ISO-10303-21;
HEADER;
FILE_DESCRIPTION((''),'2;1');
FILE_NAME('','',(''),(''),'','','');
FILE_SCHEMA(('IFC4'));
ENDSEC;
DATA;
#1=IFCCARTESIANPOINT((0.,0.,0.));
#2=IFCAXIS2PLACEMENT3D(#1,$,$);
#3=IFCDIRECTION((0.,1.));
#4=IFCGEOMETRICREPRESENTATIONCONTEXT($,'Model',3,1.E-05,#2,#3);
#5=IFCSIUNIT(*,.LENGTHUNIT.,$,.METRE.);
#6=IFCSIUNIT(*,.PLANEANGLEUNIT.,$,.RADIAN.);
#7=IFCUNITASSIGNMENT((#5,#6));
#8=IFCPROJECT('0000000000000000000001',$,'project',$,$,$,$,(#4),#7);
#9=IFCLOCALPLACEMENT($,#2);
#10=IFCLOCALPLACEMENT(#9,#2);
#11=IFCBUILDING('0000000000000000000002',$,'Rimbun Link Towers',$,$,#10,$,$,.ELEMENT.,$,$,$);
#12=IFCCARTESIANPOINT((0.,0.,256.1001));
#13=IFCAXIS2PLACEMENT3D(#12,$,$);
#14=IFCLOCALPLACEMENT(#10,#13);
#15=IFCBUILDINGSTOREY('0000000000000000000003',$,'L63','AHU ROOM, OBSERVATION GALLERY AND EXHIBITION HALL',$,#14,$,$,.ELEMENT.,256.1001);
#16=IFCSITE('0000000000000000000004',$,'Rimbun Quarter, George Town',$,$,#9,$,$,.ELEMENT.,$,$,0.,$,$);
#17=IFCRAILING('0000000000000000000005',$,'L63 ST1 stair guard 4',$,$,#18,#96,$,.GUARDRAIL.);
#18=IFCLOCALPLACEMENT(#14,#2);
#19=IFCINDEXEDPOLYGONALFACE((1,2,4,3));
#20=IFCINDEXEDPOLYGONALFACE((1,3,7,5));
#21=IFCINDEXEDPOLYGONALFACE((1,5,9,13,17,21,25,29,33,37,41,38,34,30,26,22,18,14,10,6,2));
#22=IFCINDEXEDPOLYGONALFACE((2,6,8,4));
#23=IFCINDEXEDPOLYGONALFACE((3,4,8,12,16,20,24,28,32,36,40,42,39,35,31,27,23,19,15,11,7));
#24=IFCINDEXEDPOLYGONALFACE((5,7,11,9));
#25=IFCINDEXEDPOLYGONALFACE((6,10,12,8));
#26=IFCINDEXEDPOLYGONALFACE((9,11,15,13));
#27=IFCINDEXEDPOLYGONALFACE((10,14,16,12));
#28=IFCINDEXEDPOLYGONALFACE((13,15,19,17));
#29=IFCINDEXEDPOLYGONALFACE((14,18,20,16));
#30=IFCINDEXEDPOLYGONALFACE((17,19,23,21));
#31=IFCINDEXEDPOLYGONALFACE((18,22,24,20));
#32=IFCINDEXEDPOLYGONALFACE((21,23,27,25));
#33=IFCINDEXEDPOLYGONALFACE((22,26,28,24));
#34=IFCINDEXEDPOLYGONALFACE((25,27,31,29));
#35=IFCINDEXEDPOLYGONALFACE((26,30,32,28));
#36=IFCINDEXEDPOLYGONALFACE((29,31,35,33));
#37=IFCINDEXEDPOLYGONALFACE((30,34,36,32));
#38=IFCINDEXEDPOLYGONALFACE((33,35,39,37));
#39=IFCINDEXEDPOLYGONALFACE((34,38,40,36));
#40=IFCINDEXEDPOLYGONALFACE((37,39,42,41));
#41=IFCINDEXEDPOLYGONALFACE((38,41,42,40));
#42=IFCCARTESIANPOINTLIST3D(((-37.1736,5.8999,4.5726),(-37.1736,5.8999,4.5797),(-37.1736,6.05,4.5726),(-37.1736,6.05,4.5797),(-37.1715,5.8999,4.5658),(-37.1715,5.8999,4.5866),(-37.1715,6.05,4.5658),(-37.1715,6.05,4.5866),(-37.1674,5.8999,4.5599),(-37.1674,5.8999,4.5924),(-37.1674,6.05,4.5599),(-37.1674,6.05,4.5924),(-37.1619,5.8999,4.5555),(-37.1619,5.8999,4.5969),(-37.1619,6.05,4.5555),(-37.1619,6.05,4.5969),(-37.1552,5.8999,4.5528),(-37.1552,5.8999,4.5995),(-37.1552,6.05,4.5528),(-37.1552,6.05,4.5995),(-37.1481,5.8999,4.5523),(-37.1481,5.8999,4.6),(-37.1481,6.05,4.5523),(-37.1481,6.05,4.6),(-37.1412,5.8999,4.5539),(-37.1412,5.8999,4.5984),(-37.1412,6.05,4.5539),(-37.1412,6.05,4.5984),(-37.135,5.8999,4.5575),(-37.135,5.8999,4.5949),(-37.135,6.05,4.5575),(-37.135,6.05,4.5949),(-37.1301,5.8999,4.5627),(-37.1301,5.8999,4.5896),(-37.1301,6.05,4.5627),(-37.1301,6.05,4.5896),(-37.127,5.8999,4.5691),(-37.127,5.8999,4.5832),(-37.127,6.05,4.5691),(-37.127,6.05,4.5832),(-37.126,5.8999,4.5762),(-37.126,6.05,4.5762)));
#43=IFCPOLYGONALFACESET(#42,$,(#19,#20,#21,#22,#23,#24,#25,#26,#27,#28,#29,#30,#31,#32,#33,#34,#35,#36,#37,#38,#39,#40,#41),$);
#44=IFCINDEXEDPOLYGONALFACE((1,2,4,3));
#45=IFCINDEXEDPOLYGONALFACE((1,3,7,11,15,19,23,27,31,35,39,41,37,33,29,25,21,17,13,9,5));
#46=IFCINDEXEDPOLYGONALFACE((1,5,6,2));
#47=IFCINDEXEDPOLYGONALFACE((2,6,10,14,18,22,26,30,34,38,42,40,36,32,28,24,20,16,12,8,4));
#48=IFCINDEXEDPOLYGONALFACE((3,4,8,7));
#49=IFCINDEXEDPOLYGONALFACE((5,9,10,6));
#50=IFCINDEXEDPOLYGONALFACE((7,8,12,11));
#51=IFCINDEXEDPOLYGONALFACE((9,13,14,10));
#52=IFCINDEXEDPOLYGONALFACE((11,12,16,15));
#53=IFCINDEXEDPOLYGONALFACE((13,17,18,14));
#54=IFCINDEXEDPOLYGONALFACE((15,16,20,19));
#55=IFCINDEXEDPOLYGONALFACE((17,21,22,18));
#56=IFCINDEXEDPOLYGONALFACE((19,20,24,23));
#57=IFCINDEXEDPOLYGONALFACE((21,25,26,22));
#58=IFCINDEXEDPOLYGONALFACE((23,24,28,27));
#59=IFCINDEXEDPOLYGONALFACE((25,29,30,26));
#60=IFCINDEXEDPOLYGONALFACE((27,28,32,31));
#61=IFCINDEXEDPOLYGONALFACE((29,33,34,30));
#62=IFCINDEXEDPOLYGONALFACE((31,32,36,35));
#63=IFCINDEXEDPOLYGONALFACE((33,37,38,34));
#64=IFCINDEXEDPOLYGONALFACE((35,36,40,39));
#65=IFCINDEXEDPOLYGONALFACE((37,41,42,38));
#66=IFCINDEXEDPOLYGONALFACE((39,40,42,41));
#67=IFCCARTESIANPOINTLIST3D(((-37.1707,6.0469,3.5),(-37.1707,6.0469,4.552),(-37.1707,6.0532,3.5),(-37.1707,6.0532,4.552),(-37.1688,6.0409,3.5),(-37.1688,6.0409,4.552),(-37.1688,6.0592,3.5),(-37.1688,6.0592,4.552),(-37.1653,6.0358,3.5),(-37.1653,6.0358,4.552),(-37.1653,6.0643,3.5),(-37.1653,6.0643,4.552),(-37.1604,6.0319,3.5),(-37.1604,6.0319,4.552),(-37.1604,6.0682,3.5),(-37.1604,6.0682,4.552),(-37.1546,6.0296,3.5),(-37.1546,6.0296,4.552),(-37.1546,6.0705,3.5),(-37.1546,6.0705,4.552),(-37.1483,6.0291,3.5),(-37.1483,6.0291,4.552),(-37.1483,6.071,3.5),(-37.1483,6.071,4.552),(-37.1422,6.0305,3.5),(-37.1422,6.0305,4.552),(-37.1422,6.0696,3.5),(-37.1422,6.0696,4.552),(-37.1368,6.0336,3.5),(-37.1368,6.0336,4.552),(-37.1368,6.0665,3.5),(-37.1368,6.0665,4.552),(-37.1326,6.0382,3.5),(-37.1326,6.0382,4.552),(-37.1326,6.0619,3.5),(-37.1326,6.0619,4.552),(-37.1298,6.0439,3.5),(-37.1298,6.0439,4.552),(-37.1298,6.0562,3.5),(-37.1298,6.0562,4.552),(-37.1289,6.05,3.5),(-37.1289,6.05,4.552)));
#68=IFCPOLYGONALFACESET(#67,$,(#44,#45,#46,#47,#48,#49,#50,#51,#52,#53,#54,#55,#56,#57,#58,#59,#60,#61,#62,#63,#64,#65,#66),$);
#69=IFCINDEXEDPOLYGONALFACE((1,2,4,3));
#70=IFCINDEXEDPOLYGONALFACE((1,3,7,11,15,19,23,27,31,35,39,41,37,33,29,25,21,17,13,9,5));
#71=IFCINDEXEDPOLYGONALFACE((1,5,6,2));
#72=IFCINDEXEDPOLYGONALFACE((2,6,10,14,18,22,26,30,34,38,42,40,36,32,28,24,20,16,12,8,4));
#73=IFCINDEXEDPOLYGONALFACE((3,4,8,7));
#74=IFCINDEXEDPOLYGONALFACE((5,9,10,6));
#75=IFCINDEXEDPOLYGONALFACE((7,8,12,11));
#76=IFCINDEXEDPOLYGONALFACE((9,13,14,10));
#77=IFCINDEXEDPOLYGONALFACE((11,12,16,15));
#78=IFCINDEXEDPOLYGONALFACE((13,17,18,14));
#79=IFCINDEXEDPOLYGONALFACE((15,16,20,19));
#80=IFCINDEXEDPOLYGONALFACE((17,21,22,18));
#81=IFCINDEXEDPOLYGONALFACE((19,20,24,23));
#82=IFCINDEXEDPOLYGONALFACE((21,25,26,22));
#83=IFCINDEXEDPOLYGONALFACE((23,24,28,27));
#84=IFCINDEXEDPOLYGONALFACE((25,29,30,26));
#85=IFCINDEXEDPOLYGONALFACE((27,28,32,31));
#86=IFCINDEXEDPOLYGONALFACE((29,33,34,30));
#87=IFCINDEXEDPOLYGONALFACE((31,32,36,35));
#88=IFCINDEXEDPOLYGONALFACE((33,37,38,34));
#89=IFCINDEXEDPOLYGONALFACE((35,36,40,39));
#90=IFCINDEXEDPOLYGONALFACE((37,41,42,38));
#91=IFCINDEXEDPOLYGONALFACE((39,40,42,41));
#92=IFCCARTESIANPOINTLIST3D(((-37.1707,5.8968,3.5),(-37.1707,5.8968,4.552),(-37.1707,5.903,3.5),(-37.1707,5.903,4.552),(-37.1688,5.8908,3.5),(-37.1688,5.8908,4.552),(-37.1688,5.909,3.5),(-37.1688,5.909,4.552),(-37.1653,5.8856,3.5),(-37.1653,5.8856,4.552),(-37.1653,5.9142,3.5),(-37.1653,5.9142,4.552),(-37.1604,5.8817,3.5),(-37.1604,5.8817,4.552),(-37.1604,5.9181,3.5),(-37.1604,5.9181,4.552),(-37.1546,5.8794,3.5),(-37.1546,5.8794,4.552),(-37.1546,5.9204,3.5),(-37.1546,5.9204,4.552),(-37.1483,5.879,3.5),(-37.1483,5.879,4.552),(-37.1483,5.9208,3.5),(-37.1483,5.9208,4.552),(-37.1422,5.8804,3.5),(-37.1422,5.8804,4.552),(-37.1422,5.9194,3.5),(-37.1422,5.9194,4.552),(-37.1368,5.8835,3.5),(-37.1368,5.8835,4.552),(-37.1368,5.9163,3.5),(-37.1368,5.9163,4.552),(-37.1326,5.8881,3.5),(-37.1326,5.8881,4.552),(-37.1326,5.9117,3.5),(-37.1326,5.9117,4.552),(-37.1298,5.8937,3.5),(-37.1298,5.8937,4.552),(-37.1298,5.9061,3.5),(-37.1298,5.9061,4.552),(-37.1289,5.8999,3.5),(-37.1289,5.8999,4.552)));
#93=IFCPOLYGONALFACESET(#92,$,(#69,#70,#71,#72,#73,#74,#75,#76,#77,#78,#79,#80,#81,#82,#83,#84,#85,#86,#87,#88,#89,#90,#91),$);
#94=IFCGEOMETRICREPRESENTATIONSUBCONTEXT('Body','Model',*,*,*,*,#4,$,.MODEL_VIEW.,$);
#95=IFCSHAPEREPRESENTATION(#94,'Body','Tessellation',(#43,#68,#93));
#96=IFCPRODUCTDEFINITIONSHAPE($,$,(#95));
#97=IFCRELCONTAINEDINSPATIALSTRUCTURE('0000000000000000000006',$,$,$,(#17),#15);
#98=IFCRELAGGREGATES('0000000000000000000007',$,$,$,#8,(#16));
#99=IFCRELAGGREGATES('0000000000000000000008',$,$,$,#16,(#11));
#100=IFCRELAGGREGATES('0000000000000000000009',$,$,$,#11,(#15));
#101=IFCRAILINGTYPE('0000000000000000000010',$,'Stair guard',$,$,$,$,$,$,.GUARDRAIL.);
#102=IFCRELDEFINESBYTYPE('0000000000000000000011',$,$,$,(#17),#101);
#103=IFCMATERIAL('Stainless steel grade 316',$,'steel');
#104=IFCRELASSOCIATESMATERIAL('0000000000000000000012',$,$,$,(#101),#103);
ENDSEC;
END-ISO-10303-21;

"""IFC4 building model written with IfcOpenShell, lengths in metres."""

from ifc_helpers import new_model, si_unit, direction, frame, origin, origin_2d, place, context, subcontext, project, spatial, circle, extrude, material, type_object, element, save


model = new_model("IFC4")

# Units and contexts
model_context = context("Model", 3, precision=1e-05, world=origin(), true_north=direction((0.0, 1.0)))
body_context = subcontext(model_context, "Body", "Model", "MODEL_VIEW")
ifc_project = project(units=[si_unit("LENGTHUNIT", "METRE"), si_unit("PLANEANGLEUNIT", "RADIAN")], contexts=[model_context])

# Site, building, storey
site_placement = place(None, origin())
site = spatial("IfcSite", under=ifc_project, at=site_placement, Name="Rimbun Quarter, George Town", CompositionType="ELEMENT", RefElevation=0.0)
building_placement = place(site_placement, origin())
building = spatial("IfcBuilding", under=site, at=building_placement, Name="Rimbun Link Towers", CompositionType="ELEMENT")
storey_placement = place(building_placement, frame((0.0, 0.0, 256.1001)))
storey = spatial("IfcBuildingStorey", under=building, at=storey_placement, Name="L63", Description="AHU ROOM, OBSERVATION GALLERY AND EXHIBITION HALL", CompositionType="ELEMENT", Elevation=256.1001)

# Railing
ifc_material_1 = material(Name="Stainless steel grade 316", Category="steel")
railing_type_1 = type_object("IfcRailingType", Name="Stair guard", PredefinedType="GUARDRAIL", material=ifc_material_1)
railing_1_placement = place(storey_placement, frame((-37.1499, 6.05, 3.5)))
element("IfcRailing", 1, at=railing_1_placement, inside=storey, type_object=railing_type_1, Name="L63 ST1 stair guard 4", PredefinedType="GUARDRAIL", context=body_context, shape_type="SweptSolid", body=[
    extrude(circle(Radius=0.0239, at=origin_2d()), frame((0.0, 0.0, 1.0762), z_axis=(0.0, -1.0, 0.0), x_axis=(1.0, 0.0, 0.0)), (0.0, 0.0, 1.0), 0.1501),
    extrude(circle(Radius=0.021, at=origin_2d()), origin(), (0.0, 0.0, 1.0), 1.052),
    extrude(circle(Radius=0.021, at=origin_2d()), frame((0.0, -0.1501, 0.0)), (0.0, 0.0, 1.0), 1.052),
])

save(model, "model.ifc")
